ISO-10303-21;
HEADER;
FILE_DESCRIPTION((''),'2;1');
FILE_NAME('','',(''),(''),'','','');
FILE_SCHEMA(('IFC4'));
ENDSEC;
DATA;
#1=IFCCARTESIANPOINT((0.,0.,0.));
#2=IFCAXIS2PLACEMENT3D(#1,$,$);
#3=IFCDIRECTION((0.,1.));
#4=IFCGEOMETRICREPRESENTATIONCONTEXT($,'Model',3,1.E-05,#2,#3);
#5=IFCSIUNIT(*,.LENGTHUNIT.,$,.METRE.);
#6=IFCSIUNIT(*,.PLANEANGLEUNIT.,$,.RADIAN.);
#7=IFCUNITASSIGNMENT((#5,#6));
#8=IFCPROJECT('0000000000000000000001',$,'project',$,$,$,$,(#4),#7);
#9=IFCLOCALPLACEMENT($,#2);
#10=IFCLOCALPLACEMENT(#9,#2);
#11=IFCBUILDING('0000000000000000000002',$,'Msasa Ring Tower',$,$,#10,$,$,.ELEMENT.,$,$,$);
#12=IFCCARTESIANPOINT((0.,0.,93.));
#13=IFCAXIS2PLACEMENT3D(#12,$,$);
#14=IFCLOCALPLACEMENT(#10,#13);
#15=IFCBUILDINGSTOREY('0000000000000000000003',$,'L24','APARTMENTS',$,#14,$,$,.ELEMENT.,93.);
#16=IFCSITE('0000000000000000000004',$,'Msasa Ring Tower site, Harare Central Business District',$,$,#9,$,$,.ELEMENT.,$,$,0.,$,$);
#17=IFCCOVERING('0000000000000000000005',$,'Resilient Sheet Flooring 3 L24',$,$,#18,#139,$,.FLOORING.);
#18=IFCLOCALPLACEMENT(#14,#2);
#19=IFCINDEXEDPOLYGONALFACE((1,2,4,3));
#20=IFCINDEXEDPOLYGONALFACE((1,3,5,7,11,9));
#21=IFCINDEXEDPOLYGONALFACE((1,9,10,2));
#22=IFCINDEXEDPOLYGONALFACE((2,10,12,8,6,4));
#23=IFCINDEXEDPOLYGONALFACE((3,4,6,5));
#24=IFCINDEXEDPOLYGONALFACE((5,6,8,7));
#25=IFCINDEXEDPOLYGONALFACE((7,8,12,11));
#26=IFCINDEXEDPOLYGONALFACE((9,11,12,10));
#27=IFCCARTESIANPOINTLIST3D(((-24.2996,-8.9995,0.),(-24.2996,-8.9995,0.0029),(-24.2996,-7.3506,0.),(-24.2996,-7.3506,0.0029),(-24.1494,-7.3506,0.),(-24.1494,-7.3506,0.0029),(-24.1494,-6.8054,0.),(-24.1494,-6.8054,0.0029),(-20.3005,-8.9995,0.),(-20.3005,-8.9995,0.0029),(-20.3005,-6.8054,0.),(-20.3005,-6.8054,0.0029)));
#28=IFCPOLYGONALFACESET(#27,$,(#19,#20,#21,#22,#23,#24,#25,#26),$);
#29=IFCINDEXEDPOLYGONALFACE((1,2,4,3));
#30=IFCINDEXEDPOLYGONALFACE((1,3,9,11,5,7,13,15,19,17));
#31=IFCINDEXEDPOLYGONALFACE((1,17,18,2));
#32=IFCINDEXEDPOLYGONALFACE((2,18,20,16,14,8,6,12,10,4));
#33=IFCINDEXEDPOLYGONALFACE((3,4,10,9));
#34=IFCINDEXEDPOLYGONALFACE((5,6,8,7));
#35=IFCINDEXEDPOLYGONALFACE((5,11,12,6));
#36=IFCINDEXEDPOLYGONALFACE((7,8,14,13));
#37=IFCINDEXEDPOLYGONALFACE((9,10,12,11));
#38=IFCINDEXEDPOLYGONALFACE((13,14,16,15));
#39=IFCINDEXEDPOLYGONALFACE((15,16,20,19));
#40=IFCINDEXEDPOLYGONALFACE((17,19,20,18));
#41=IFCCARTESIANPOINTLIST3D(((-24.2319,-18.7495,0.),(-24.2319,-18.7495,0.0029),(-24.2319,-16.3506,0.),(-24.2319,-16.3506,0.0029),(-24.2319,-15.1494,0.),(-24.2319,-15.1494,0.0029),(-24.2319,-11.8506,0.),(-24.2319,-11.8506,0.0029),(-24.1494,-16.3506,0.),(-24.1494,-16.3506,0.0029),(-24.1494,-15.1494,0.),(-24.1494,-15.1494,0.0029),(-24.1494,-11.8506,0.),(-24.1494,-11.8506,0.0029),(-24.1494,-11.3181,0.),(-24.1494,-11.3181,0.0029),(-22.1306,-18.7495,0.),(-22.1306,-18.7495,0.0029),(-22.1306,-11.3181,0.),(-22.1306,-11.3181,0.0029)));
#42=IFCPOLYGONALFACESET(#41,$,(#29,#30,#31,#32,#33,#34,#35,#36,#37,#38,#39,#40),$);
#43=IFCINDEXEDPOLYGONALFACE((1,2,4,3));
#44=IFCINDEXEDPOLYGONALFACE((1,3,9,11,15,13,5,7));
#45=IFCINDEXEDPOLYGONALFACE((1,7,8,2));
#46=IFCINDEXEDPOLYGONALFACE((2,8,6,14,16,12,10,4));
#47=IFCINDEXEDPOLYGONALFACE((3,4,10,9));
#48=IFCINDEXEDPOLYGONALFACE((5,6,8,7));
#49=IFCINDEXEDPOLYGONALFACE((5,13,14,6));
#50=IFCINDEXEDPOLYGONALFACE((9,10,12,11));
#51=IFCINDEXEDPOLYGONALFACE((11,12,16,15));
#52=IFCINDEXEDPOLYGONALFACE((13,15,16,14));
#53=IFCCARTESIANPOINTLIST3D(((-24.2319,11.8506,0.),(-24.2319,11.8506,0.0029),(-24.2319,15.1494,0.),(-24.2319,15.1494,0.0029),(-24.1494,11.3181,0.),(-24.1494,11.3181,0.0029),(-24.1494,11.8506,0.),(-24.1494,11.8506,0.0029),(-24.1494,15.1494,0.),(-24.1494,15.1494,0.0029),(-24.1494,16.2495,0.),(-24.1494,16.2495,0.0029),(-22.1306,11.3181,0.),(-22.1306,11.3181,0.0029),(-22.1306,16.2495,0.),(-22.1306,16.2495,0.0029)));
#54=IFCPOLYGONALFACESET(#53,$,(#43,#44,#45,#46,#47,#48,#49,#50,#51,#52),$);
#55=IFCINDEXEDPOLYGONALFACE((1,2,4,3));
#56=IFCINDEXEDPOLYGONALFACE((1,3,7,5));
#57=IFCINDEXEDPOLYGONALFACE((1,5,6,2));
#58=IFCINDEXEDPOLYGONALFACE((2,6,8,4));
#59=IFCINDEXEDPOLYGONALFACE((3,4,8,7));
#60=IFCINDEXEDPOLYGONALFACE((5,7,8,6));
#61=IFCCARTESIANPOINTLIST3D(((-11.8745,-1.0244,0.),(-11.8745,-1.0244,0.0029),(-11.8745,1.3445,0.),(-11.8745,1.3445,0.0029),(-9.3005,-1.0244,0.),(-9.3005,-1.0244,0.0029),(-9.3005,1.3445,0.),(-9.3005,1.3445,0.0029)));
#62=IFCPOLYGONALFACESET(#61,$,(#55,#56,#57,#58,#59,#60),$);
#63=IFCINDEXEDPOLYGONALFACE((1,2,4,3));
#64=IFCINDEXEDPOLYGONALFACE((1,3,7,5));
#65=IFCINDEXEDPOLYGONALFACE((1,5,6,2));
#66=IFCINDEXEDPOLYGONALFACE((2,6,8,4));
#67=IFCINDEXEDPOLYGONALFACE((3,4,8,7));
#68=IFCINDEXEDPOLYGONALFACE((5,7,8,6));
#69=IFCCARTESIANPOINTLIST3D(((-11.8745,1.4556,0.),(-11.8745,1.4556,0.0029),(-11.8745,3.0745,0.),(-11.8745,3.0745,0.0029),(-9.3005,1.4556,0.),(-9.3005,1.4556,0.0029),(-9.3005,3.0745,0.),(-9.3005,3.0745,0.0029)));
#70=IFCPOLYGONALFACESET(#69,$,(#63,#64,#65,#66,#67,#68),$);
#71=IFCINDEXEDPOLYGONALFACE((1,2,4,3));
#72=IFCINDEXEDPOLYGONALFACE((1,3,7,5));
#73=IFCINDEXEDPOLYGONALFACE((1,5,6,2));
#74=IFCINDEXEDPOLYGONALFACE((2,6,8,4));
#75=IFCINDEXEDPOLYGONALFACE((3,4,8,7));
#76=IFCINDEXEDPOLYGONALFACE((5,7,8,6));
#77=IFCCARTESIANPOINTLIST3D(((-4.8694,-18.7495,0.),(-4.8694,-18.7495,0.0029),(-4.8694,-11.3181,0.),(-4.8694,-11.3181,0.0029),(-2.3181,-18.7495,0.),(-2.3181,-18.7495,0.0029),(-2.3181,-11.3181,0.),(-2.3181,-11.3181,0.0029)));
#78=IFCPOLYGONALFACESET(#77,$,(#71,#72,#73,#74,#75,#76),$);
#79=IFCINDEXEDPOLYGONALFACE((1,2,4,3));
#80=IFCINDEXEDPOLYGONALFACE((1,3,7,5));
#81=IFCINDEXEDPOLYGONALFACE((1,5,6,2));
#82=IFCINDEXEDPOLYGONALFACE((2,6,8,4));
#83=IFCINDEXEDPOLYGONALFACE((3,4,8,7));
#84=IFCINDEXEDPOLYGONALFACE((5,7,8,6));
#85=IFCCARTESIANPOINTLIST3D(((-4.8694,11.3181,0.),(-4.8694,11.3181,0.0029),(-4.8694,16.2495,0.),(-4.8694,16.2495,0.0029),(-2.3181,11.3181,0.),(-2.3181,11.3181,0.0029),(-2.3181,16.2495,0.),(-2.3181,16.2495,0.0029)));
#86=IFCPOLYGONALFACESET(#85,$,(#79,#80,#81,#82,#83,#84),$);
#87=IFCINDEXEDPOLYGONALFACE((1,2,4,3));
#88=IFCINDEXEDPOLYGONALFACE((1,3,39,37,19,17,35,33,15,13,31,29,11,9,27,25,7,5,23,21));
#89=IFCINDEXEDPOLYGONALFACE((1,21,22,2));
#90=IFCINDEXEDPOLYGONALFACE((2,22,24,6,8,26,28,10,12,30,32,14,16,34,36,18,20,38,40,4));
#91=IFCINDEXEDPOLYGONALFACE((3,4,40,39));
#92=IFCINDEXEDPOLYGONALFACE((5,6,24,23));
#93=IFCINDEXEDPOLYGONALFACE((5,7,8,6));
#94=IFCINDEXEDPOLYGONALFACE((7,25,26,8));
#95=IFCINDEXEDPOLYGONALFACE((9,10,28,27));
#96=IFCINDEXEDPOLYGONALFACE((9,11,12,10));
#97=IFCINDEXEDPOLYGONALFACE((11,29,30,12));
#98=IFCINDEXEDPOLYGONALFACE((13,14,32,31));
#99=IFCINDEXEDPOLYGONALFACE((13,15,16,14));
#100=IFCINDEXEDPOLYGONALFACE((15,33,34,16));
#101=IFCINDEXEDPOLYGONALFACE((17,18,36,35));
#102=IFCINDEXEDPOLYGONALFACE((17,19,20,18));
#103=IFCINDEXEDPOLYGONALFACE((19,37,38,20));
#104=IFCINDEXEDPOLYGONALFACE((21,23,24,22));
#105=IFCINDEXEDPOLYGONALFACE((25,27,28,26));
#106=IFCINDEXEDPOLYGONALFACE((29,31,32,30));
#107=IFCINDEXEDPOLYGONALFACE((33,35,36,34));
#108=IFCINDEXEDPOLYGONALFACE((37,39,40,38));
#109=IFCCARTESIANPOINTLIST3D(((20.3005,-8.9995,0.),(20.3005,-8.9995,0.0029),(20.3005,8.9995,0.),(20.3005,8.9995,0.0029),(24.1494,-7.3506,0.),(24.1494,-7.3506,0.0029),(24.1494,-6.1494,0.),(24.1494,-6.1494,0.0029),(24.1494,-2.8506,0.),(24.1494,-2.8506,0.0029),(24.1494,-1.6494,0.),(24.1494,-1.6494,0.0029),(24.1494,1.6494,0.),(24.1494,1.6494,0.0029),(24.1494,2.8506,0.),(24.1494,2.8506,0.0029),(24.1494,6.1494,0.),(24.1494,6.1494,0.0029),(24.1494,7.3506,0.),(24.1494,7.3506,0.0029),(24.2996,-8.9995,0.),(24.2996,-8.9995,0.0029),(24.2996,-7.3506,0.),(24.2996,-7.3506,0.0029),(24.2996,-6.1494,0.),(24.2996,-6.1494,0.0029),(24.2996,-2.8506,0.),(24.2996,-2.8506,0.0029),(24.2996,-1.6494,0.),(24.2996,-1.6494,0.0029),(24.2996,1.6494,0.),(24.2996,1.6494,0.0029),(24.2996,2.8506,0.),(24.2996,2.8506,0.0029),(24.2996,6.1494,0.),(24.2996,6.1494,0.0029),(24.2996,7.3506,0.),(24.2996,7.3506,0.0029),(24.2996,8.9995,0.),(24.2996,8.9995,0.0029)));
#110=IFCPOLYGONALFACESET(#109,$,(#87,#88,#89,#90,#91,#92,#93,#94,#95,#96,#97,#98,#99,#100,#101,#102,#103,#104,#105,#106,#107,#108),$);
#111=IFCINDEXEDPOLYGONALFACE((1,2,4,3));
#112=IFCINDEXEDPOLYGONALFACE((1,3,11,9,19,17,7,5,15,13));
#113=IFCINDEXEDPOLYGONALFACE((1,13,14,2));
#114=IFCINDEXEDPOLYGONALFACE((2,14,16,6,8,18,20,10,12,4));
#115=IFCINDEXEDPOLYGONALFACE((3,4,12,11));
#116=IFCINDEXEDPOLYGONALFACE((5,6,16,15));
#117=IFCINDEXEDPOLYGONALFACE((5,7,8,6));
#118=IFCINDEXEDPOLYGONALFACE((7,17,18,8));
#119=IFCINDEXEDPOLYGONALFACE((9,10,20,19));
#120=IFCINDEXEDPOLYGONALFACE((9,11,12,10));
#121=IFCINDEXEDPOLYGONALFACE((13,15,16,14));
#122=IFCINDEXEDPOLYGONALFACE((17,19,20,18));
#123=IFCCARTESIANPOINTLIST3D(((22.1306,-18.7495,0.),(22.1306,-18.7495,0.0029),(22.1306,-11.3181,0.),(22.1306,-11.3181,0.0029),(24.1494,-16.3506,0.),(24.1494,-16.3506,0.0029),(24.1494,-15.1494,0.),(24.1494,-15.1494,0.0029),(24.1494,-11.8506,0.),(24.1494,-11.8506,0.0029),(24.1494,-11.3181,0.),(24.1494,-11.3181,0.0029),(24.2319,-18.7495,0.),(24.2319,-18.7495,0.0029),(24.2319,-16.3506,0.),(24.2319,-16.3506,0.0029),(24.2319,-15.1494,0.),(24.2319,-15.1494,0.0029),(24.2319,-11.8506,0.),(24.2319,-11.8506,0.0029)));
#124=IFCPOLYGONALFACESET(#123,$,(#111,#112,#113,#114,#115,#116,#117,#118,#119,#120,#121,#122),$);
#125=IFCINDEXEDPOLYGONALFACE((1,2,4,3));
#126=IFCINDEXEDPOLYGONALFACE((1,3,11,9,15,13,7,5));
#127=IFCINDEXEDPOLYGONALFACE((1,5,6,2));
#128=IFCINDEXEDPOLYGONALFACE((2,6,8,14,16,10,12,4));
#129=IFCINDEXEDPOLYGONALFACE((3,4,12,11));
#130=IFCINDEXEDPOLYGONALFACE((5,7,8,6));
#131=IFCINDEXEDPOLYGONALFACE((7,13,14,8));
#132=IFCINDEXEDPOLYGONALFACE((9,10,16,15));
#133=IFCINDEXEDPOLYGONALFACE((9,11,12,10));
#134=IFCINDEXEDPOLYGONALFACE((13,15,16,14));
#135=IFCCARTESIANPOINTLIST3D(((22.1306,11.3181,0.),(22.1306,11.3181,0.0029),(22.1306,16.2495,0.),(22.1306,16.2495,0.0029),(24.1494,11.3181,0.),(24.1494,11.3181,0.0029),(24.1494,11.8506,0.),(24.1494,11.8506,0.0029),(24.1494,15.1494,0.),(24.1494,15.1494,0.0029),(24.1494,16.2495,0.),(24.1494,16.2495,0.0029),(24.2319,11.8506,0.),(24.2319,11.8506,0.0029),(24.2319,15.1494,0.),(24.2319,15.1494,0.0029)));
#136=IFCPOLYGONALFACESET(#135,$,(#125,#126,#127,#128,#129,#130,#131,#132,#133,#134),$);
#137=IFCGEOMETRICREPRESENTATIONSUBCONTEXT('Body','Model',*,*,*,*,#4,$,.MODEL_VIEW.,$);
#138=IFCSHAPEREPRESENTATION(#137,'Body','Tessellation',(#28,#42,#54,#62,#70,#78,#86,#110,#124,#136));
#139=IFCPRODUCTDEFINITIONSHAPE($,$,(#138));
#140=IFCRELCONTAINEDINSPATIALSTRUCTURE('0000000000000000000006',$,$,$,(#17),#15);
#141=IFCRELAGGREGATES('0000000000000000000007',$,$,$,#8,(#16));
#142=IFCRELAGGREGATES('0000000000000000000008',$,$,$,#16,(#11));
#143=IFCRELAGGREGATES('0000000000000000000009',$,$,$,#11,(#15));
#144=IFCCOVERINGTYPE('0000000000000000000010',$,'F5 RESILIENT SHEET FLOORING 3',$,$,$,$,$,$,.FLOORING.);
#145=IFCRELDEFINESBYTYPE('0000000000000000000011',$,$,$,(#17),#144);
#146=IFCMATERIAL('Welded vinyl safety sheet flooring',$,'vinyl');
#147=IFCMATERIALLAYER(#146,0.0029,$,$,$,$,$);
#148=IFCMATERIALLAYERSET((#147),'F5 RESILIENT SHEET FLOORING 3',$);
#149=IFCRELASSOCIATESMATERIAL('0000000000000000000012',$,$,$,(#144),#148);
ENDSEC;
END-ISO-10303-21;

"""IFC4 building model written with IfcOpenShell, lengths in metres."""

from ifc_helpers import new_model, si_unit, direction, frame, origin, place, context, subcontext, project, spatial, line, indexed_curve, outline, extrude, material, layer, layer_set, type_object, element, save


model = new_model("IFC4")

# Units and contexts
model_context = context("Model", 3, precision=1e-05, world=origin(), true_north=direction((0.0, 1.0)))
body_context = subcontext(model_context, "Body", "Model", "MODEL_VIEW")
ifc_project = project(units=[si_unit("LENGTHUNIT", "METRE"), si_unit("PLANEANGLEUNIT", "RADIAN")], contexts=[model_context])

# Site, building, storey
site_placement = place(None, origin())
site = spatial("IfcSite", under=ifc_project, at=site_placement, Name="Msasa Ring Tower site, Harare Central Business District", CompositionType="ELEMENT", RefElevation=0.0)
building_placement = place(site_placement, origin())
building = spatial("IfcBuilding", under=site, at=building_placement, Name="Msasa Ring Tower", CompositionType="ELEMENT")
storey_placement = place(building_placement, frame((0.0, 0.0, 93.0)))
storey = spatial("IfcBuildingStorey", under=building, at=storey_placement, Name="L24", Description="APARTMENTS", CompositionType="ELEMENT", Elevation=93.0)

# Covering
ifc_material_1 = material(Name="Welded vinyl safety sheet flooring", Category="vinyl")
ifc_layer_1 = layer(ifc_material_1, 0.0029)
ifc_layer_set_1 = layer_set([ifc_layer_1], Name="F5 RESILIENT SHEET FLOORING 3")
covering_type_1 = type_object("IfcCoveringType", Name="F5 RESILIENT SHEET FLOORING 3", PredefinedType="FLOORING", material=ifc_layer_set_1)
covering_1_placement = place(storey_placement, origin())
element("IfcCovering", 1, at=covering_1_placement, inside=storey, type_object=covering_type_1, Name="Resilient Sheet Flooring 3 L24", PredefinedType="FLOORING", context=body_context, shape_type="SweptSolid", body=[
    extrude(outline(indexed_curve([(-24.2996, -8.9995), (-24.2996, -7.3506), (-24.1494, -7.3506), (-24.1494, -6.8054), (-20.3005, -6.8054), (-20.3005, -8.9995)], segments=[line(1, 2, 3, 4, 5, 6, 1)], self_intersect=False)), origin(), (0.0, 0.0, 1.0), 0.0029),
    extrude(outline(indexed_curve([(-24.2319, -16.3506), (-24.1494, -16.3506), (-24.1494, -15.1494), (-24.2319, -15.1494), (-24.2319, -11.8506), (-24.1494, -11.8506), (-24.1494, -11.3181), (-22.1306, -11.3181), (-22.1306, -18.7495), (-24.2319, -18.7495)], segments=[line(1, 2, 3, 4, 5, 6, 7, 8, 9, 10, 1)], self_intersect=False)), origin(), (0.0, 0.0, 1.0), 0.0029),
    extrude(outline(indexed_curve([(-24.2319, 15.1494), (-24.1494, 15.1494), (-24.1494, 16.2495), (-22.1306, 16.2495), (-22.1306, 11.3181), (-24.1494, 11.3181), (-24.1494, 11.8506), (-24.2319, 11.8506)], segments=[line(1, 2, 3, 4, 5, 6, 7, 8, 1)], self_intersect=False)), origin(), (0.0, 0.0, 1.0), 0.0029),
    extrude(outline(indexed_curve([(-11.8745, 1.3445), (-9.3005, 1.3445), (-9.3005, -1.0244), (-11.8745, -1.0244)], segments=[line(1, 2, 3, 4, 1)], self_intersect=False)), origin(), (0.0, 0.0, 1.0), 0.0029),
    extrude(outline(indexed_curve([(-11.8745, 3.0745), (-9.3005, 3.0745), (-9.3005, 1.4556), (-11.8745, 1.4556)], segments=[line(1, 2, 3, 4, 1)], self_intersect=False)), origin(), (0.0, 0.0, 1.0), 0.0029),
    extrude(outline(indexed_curve([(-4.8694, -11.3181), (-2.3181, -11.3181), (-2.3181, -18.7495), (-4.8694, -18.7495)], segments=[line(1, 2, 3, 4, 1)], self_intersect=False)), origin(), (0.0, 0.0, 1.0), 0.0029),
    extrude(outline(indexed_curve([(-2.3181, 11.3181), (-4.8694, 11.3181), (-4.8694, 16.2495), (-2.3181, 16.2495)], segments=[line(1, 2, 3, 4, 1)], self_intersect=False)), origin(), (0.0, 0.0, 1.0), 0.0029),
    extrude(outline(indexed_curve([(20.3005, 8.9995), (24.2996, 8.9995), (24.2996, 7.3506), (24.1494, 7.3506), (24.1494, 6.1494), (24.2996, 6.1494), (24.2996, 2.8506), (24.1494, 2.8506), (24.1494, 1.6494), (24.2996, 1.6494), (24.2996, -1.6494), (24.1494, -1.6494), (24.1494, -2.8506), (24.2996, -2.8506), (24.2996, -6.1494), (24.1494, -6.1494), (24.1494, -7.3506), (24.2996, -7.3506), (24.2996, -8.9995), (20.3005, -8.9995)], segments=[line(1, 2, 3, 4, 5, 6, 7, 8, 9, 10, 11, 12, 13, 14, 15, 16, 17, 18, 19, 20, 1)], self_intersect=False)), origin(), (0.0, 0.0, 1.0), 0.0029),
    extrude(outline(indexed_curve([(22.1306, -11.3181), (24.1494, -11.3181), (24.1494, -11.8506), (24.2319, -11.8506), (24.2319, -15.1494), (24.1494, -15.1494), (24.1494, -16.3506), (24.2319, -16.3506), (24.2319, -18.7495), (22.1306, -18.7495)], segments=[line(1, 2, 3, 4, 5, 6, 7, 8, 9, 10, 1)], self_intersect=False)), origin(), (0.0, 0.0, 1.0), 0.0029),
    extrude(outline(indexed_curve([(24.2319, 11.8506), (24.1494, 11.8506), (24.1494, 11.3181), (22.1306, 11.3181), (22.1306, 16.2495), (24.1494, 16.2495), (24.1494, 15.1494), (24.2319, 15.1494)], segments=[line(1, 2, 3, 4, 5, 6, 7, 8, 1)], self_intersect=False)), origin(), (0.0, 0.0, 1.0), 0.0029),
])

save(model, "model.ifc")
